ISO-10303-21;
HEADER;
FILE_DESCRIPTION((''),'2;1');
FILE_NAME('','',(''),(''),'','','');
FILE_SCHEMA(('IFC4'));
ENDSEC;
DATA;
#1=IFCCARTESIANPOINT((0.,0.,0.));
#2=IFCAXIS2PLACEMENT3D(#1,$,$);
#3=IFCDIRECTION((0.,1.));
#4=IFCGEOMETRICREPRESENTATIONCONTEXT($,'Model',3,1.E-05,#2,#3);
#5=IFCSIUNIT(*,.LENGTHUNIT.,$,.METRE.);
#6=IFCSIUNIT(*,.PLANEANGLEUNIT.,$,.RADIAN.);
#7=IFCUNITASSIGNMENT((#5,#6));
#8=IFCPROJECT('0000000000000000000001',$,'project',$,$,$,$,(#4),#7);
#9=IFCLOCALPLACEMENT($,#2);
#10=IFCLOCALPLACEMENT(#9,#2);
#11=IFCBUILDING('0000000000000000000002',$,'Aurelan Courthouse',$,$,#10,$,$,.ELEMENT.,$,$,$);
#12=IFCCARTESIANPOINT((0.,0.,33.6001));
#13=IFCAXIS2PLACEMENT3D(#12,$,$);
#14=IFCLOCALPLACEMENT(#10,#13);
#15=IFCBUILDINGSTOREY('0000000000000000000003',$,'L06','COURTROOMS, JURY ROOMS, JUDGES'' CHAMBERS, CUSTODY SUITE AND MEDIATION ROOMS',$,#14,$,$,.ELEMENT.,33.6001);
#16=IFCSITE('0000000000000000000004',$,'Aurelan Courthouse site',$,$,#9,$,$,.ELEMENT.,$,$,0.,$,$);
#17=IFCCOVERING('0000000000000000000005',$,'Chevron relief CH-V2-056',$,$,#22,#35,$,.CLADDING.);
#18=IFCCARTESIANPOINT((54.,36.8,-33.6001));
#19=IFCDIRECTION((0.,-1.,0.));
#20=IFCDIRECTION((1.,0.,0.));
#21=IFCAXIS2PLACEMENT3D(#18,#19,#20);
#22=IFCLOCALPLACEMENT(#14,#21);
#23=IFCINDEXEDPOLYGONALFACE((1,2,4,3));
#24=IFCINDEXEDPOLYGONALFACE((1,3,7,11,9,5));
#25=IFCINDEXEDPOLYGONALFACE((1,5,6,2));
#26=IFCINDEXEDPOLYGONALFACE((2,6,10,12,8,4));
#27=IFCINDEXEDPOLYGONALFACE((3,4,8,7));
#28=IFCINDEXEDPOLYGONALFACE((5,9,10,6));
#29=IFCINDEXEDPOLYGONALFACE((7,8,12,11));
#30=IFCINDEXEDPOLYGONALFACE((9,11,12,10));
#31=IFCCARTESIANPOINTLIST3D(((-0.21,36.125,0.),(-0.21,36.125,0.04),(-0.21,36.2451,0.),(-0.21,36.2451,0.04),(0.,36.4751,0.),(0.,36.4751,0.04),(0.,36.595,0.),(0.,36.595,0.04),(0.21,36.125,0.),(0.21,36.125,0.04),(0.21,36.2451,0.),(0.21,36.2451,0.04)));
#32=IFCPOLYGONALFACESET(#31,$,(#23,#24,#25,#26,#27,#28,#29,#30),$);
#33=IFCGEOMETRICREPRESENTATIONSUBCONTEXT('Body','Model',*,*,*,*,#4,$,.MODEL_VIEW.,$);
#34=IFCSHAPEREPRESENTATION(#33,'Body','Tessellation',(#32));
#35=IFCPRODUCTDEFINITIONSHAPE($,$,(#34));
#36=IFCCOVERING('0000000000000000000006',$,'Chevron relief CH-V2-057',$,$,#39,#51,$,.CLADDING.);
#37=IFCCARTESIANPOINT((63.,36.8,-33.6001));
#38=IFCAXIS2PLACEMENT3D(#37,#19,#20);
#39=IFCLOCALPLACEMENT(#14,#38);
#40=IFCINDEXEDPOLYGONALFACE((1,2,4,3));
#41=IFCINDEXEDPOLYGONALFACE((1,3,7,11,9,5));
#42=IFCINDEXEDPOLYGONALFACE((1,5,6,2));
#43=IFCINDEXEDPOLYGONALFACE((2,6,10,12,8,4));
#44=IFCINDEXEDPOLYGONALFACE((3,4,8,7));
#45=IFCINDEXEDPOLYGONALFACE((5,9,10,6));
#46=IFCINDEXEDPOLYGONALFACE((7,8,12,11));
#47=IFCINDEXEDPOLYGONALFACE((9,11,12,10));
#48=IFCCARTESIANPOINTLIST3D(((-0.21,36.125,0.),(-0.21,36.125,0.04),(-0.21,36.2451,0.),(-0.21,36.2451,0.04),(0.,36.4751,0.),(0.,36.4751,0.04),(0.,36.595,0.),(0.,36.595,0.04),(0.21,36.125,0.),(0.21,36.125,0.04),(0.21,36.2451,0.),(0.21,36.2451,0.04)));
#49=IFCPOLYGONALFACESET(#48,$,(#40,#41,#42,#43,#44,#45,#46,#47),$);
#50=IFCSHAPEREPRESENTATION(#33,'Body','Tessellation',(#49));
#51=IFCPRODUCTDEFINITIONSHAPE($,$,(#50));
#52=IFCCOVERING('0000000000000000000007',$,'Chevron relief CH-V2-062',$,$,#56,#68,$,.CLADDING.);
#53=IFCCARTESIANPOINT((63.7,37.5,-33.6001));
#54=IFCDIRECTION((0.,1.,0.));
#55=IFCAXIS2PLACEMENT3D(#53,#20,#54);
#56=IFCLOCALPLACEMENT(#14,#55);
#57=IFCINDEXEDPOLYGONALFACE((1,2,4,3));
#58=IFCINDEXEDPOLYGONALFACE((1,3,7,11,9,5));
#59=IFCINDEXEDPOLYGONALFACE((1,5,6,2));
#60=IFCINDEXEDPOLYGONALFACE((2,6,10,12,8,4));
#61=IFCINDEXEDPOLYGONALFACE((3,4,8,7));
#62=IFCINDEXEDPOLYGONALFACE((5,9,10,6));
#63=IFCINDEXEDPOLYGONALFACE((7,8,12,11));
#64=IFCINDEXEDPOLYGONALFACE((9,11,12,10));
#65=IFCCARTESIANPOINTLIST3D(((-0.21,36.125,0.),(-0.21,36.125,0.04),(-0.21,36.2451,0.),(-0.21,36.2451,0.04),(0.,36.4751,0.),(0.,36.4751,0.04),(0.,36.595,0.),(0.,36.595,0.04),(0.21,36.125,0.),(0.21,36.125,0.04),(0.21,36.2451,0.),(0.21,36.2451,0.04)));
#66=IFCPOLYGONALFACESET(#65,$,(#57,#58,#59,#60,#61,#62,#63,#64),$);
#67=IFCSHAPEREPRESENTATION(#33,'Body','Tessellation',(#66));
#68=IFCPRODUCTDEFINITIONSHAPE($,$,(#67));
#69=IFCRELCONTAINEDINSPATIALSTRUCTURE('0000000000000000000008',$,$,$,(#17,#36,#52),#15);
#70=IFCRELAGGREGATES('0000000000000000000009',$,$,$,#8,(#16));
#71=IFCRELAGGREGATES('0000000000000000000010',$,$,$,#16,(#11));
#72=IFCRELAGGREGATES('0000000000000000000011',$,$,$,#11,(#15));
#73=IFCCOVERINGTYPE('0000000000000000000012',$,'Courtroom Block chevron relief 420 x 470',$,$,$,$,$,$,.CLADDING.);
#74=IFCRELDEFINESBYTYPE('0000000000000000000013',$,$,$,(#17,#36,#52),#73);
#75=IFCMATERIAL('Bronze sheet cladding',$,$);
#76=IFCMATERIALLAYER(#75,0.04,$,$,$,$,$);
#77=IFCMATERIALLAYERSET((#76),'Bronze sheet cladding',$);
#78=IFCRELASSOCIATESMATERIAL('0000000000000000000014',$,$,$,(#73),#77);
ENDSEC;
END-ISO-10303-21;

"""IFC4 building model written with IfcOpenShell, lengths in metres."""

from ifc_helpers import new_model, si_unit, direction, frame, origin, place, context, subcontext, project, spatial, polyline, outline, extrude, material, layer, layer_set, type_object, element, save


model = new_model("IFC4")

# Units and contexts
model_context = context("Model", 3, precision=1e-05, world=origin(), true_north=direction((0.0, 1.0)))
body_context = subcontext(model_context, "Body", "Model", "MODEL_VIEW")
ifc_project = project(units=[si_unit("LENGTHUNIT", "METRE"), si_unit("PLANEANGLEUNIT", "RADIAN")], contexts=[model_context])

# Site, building, storey
site_placement = place(None, origin())
site = spatial("IfcSite", under=ifc_project, at=site_placement, Name="Aurelan Courthouse site", CompositionType="ELEMENT", RefElevation=0.0)
building_placement = place(site_placement, origin())
building = spatial("IfcBuilding", under=site, at=building_placement, Name="Aurelan Courthouse", CompositionType="ELEMENT")
storey_placement = place(building_placement, frame((0.0, 0.0, 33.6001)))
storey = spatial("IfcBuildingStorey", under=building, at=storey_placement, Name="L06", Description="COURTROOMS, JURY ROOMS, JUDGES' CHAMBERS, CUSTODY SUITE AND MEDIATION ROOMS", CompositionType="ELEMENT", Elevation=33.6001)

# Coverings
ifc_material_1 = material(Name="Bronze sheet cladding")
ifc_layer_1 = layer(ifc_material_1, 0.04)
ifc_layer_set_1 = layer_set([ifc_layer_1], Name="Bronze sheet cladding")
covering_type_1 = type_object("IfcCoveringType", Name="Courtroom Block chevron relief 420 x 470", PredefinedType="CLADDING", material=ifc_layer_set_1)
for number, where, z_axis, x_axis, name in (
    (1, (54.0, 36.8, -33.6001), (0.0, -1.0, 0.0), (1.0, 0.0, 0.0), "Chevron relief CH-V2-056"),
    (2, (63.0, 36.8, -33.6001), (0.0, -1.0, 0.0), (1.0, 0.0, 0.0), "Chevron relief CH-V2-057"),
    (3, (63.7, 37.5, -33.6001), (1.0, 0.0, 0.0), (0.0, 1.0, 0.0), "Chevron relief CH-V2-062"),
):
    element("IfcCovering", number, at=place(storey_placement, frame(where, z_axis=z_axis, x_axis=x_axis)), inside=storey, type_object=covering_type_1, Name=name, PredefinedType="CLADDING", context=body_context, shape_type="SweptSolid", body=[
        extrude(outline(polyline([(-0.21, 36.125), (0.0, 36.4751), (0.21, 36.125), (0.21, 36.2451), (0.0, 36.595), (-0.21, 36.2451), (-0.21, 36.125)])), origin(), (0.0, 0.0, 1.0), 0.04),
    ])

save(model, "model.ifc")
